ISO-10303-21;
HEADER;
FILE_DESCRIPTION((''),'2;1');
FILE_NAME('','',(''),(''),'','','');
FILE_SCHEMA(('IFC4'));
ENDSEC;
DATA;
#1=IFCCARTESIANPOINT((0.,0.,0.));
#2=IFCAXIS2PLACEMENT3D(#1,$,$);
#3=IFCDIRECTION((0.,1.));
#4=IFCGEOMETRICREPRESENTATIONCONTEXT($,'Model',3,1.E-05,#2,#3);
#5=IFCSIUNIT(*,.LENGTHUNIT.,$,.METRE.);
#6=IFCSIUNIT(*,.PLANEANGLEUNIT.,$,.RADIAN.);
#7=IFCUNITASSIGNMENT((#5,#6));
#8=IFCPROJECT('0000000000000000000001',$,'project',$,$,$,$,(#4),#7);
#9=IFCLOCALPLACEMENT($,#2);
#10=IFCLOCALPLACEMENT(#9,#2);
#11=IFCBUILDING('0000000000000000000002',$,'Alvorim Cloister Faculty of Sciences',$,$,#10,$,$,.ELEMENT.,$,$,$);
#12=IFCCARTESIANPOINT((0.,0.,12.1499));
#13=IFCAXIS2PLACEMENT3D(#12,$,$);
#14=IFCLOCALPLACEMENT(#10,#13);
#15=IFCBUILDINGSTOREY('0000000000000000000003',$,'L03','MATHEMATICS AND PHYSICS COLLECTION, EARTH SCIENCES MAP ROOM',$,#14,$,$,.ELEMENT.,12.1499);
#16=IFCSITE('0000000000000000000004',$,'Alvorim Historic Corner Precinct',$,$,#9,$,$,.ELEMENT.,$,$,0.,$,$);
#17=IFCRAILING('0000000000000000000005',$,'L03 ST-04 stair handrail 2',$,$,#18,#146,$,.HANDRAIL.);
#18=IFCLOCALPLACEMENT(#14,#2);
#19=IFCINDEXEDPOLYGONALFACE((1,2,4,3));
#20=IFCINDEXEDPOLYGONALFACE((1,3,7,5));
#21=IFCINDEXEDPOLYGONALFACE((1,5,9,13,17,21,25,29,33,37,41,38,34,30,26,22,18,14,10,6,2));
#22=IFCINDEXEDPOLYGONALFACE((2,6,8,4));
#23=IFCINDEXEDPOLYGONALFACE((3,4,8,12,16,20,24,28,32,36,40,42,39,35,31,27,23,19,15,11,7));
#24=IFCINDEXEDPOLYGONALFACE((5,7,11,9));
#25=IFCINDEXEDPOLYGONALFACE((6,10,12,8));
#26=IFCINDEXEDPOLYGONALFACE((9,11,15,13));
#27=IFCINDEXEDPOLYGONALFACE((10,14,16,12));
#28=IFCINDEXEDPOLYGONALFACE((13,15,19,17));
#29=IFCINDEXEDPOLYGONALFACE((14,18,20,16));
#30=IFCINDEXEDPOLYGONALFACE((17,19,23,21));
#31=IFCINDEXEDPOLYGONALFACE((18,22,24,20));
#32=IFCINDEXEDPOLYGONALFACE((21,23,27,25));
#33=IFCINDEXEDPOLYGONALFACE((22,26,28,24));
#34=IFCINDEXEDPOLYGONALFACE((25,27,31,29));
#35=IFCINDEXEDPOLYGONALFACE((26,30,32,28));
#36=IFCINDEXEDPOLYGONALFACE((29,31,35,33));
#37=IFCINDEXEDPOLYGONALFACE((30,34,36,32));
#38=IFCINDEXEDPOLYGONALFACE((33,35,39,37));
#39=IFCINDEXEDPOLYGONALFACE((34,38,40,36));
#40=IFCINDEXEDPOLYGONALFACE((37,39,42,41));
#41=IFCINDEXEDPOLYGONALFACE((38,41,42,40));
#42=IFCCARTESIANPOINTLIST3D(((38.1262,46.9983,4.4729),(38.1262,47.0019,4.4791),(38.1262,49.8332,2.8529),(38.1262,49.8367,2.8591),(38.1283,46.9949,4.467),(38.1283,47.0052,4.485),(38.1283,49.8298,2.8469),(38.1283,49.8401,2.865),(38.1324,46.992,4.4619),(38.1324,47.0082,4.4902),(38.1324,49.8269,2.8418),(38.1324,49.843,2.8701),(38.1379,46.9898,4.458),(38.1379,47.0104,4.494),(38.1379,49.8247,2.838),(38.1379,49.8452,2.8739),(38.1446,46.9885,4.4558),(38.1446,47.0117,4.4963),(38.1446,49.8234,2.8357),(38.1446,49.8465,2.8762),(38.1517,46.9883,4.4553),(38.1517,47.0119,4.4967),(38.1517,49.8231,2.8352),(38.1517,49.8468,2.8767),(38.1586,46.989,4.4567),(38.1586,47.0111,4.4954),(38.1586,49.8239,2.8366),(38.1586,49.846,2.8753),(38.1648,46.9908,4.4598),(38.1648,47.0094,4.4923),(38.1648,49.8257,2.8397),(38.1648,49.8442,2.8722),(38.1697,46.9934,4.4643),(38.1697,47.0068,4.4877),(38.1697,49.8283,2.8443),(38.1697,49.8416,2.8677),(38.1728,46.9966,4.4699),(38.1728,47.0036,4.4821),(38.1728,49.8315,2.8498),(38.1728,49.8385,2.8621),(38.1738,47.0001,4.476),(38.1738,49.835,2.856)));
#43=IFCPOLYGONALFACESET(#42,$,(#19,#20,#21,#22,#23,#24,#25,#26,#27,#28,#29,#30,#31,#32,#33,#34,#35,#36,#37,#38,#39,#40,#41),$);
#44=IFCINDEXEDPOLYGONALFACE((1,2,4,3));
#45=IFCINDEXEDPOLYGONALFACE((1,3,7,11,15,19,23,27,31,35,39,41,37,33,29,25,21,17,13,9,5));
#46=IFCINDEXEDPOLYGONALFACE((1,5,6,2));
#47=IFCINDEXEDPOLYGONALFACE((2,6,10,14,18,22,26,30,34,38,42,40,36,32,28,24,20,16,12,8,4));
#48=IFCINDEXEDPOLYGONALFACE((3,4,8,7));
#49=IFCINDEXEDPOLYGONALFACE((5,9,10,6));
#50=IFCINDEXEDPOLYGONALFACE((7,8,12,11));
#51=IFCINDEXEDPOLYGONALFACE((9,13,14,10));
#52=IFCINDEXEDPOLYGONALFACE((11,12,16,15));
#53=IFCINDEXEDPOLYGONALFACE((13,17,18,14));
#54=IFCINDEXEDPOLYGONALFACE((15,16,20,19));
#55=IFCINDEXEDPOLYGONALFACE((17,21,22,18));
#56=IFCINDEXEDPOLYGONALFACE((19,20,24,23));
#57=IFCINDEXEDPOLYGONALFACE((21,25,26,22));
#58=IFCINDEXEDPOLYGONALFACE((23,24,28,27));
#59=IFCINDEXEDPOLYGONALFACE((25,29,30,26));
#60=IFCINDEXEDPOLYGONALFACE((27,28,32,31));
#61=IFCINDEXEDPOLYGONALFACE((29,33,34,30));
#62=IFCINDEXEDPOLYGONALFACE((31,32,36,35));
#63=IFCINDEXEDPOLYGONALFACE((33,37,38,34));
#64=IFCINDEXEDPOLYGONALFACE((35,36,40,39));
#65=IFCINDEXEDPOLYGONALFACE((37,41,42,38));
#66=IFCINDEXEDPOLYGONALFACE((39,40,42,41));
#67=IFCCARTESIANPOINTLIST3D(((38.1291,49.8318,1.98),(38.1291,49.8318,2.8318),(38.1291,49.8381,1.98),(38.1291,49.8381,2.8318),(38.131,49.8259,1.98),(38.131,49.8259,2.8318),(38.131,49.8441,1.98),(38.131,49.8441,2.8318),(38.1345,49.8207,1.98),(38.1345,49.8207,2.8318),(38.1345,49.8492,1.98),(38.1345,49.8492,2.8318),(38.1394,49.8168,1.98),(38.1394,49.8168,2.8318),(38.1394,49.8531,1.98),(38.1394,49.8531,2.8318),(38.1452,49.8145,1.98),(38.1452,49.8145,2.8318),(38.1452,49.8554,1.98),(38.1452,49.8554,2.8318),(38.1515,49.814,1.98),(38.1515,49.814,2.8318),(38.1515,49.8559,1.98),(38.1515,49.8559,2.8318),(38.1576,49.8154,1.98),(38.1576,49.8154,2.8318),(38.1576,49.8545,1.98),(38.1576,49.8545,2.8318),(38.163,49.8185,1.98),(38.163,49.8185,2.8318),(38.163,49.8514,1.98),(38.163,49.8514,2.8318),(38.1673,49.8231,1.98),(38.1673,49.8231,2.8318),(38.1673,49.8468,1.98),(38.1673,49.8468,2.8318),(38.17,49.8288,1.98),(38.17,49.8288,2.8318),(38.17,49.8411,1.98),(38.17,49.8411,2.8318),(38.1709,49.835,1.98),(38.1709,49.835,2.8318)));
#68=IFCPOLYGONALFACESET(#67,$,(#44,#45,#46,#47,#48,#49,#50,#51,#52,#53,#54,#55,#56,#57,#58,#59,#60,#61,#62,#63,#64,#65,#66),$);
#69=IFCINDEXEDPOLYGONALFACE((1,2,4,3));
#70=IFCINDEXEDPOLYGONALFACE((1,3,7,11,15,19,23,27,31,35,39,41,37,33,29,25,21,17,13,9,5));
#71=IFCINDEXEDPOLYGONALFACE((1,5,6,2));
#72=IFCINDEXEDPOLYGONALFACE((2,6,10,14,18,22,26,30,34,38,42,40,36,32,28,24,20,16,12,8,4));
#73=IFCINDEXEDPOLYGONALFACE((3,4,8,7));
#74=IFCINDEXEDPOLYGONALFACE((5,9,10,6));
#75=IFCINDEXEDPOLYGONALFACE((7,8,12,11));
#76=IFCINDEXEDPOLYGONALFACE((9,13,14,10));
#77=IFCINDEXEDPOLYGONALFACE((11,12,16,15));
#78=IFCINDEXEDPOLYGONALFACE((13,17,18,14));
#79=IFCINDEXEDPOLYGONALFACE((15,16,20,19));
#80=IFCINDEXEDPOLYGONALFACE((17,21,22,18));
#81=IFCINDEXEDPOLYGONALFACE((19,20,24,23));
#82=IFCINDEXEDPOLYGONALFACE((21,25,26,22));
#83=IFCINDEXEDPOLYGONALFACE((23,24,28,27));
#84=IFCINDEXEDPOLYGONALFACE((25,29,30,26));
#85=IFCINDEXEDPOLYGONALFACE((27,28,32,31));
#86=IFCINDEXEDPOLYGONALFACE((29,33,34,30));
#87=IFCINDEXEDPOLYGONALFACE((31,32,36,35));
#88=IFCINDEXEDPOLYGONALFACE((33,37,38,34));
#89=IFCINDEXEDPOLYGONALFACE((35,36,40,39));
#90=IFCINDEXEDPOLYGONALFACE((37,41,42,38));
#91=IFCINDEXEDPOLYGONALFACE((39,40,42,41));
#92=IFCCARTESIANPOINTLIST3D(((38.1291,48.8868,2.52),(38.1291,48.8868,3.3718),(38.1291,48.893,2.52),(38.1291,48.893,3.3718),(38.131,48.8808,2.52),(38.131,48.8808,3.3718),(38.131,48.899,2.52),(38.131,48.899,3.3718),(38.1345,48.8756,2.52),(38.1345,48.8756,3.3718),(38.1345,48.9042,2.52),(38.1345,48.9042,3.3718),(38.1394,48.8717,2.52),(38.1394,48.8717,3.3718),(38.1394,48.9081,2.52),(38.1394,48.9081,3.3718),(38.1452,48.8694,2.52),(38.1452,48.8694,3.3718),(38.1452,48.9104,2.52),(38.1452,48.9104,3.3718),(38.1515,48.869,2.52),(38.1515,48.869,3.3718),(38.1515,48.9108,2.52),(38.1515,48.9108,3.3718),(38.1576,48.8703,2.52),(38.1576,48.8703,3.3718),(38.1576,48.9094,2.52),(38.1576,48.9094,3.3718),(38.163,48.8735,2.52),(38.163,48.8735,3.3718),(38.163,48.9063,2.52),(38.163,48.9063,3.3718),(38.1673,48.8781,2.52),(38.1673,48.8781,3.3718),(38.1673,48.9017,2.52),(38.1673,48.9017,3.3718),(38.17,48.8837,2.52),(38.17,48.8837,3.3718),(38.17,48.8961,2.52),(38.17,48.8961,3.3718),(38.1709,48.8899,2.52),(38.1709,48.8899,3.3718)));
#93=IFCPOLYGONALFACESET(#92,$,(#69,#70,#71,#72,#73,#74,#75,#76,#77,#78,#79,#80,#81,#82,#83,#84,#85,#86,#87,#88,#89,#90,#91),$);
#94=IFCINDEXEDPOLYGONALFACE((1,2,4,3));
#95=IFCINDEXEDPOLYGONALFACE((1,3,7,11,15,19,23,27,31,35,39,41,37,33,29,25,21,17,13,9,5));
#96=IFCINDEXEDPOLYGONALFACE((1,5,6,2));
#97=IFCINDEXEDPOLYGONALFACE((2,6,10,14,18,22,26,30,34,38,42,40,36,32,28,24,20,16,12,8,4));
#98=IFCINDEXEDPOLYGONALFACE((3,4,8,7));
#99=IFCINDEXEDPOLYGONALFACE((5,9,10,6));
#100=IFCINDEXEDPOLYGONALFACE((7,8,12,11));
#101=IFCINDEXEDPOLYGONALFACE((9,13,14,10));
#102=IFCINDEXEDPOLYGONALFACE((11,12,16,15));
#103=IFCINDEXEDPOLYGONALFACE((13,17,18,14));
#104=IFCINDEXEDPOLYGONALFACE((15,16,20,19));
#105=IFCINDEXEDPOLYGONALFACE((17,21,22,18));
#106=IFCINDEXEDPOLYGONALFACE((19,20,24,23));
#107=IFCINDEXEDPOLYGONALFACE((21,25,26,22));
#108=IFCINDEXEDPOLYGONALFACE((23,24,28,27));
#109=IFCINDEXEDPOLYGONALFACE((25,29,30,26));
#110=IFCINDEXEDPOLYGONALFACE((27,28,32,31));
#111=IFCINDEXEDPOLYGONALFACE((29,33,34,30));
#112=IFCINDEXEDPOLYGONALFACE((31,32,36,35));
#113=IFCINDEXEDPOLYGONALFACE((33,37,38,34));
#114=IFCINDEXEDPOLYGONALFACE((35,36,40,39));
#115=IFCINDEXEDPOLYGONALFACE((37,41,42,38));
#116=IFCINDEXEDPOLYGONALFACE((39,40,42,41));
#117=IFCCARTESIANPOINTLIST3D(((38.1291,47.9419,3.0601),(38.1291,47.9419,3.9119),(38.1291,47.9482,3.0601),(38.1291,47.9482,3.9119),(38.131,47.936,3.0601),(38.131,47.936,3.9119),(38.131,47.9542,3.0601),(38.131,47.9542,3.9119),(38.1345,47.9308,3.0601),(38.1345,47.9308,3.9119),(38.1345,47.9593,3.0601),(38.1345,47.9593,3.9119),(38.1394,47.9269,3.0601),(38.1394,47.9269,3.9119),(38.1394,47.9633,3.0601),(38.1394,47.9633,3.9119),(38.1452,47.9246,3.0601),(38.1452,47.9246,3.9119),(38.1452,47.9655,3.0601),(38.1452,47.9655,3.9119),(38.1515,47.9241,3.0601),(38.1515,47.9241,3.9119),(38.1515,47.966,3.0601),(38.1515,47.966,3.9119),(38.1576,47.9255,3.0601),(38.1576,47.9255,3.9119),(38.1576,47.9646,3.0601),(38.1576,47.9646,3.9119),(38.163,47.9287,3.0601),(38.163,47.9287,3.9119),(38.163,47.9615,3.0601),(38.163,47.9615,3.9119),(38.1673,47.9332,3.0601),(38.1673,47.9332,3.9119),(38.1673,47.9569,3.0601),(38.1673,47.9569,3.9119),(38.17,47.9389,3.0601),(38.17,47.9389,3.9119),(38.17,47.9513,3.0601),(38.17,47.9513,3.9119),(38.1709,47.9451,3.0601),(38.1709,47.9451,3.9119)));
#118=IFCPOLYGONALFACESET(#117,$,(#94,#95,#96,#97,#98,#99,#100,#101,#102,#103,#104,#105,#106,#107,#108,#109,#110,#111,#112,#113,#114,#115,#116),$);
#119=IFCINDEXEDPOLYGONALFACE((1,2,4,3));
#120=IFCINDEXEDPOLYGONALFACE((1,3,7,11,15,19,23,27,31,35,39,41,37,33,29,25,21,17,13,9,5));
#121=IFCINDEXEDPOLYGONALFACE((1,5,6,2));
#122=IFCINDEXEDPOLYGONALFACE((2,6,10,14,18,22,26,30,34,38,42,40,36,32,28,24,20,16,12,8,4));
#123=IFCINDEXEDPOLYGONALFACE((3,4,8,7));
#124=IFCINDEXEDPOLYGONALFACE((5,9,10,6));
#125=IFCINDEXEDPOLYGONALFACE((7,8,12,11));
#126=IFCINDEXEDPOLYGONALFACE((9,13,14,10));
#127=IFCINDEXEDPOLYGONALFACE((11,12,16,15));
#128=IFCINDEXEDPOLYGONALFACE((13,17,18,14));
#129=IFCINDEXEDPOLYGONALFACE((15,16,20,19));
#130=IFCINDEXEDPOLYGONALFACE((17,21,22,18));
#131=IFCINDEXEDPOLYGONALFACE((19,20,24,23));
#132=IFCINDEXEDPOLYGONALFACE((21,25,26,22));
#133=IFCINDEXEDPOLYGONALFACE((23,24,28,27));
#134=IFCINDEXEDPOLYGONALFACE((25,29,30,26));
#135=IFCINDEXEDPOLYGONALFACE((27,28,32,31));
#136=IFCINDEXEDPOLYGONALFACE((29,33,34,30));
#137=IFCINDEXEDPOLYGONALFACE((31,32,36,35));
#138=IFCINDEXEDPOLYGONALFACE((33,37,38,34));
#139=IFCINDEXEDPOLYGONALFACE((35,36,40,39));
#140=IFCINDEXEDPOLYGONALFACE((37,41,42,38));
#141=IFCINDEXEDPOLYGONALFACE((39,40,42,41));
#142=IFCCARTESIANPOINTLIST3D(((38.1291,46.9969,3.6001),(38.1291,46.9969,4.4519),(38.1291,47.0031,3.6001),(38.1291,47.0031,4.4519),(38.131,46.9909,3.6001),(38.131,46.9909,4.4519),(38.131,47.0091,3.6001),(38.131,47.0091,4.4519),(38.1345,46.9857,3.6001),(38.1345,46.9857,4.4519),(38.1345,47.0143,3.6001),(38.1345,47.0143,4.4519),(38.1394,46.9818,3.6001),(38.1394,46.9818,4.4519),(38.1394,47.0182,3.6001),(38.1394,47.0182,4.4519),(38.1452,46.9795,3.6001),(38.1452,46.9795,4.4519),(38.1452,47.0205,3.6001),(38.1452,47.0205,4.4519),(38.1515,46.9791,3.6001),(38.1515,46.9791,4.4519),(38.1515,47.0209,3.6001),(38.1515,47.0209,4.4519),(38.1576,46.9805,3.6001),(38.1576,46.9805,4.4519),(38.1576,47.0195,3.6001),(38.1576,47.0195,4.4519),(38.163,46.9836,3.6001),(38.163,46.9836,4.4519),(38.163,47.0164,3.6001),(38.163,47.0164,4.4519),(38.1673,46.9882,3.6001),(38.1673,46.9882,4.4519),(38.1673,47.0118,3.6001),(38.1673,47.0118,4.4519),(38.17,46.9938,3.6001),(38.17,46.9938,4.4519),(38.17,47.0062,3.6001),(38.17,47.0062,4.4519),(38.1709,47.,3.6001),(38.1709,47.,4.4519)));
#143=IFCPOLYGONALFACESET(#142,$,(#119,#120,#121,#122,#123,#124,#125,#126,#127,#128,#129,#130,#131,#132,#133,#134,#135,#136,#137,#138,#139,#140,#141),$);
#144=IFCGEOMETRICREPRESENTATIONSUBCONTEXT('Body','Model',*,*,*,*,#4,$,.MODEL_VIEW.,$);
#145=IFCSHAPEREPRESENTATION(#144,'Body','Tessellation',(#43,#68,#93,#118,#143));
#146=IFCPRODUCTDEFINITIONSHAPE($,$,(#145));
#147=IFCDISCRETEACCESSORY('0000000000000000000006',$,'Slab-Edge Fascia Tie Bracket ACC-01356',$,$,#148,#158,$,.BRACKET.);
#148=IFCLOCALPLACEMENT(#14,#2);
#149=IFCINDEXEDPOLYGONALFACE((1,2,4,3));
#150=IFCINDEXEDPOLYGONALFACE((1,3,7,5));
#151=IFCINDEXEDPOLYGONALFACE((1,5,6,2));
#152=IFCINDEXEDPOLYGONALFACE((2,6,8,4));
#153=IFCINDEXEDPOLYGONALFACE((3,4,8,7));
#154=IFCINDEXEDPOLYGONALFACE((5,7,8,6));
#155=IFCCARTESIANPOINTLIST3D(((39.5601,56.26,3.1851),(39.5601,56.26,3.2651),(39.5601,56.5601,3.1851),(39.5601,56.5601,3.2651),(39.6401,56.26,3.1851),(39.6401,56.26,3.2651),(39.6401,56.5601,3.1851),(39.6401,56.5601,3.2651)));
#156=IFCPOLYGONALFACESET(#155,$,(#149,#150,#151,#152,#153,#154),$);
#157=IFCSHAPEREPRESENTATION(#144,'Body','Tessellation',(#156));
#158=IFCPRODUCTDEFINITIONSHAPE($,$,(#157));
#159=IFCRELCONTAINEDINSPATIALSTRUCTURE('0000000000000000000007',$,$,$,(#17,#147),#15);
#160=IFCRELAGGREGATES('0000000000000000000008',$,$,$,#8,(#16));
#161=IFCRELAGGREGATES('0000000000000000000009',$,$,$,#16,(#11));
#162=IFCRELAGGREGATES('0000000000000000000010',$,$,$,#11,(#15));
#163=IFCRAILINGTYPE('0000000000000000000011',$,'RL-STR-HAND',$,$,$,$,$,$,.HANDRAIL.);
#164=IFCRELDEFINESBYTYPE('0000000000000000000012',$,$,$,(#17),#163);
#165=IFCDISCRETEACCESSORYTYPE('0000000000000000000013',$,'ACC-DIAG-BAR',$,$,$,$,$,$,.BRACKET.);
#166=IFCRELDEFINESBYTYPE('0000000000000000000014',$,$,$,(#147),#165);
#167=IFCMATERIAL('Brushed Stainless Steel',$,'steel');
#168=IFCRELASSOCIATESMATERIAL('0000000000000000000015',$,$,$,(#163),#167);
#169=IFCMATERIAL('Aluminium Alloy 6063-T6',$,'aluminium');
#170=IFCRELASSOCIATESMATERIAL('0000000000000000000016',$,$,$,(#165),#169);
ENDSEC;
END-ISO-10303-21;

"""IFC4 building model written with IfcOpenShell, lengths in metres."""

from ifc_helpers import new_model, si_unit, direction, frame, origin, origin_2d, place, context, subcontext, project, spatial, rectangle, circle, extrude, material, type_object, element, save


model = new_model("IFC4")

# Units and contexts
model_context = context("Model", 3, precision=1e-05, world=origin(), true_north=direction((0.0, 1.0)))
body_context = subcontext(model_context, "Body", "Model", "MODEL_VIEW")
ifc_project = project(units=[si_unit("LENGTHUNIT", "METRE"), si_unit("PLANEANGLEUNIT", "RADIAN")], contexts=[model_context])

# Site, building, storey
site_placement = place(None, origin())
site = spatial("IfcSite", under=ifc_project, at=site_placement, Name="Alvorim Historic Corner Precinct", CompositionType="ELEMENT", RefElevation=0.0)
building_placement = place(site_placement, origin())
building = spatial("IfcBuilding", under=site, at=building_placement, Name="Alvorim Cloister Faculty of Sciences", CompositionType="ELEMENT")
storey_placement = place(building_placement, frame((0.0, 0.0, 12.1499)))
storey = spatial("IfcBuildingStorey", under=building, at=storey_placement, Name="L03", Description="MATHEMATICS AND PHYSICS COLLECTION, EARTH SCIENCES MAP ROOM", CompositionType="ELEMENT", Elevation=12.1499)

# Shared definitions
ifc_material_1 = material(Name="Aluminium Alloy 6063-T6", Category="aluminium")

# Shared definitions
ifc_material_2 = material(Name="Brushed Stainless Steel", Category="steel")

# Railing
railing_type_1 = type_object("IfcRailingType", Name="RL-STR-HAND", PredefinedType="HANDRAIL", material=ifc_material_2)
railing_1_placement = place(storey_placement, frame((38.1499, 49.835, 1.98)))
element("IfcRailing", 1, at=railing_1_placement, inside=storey, type_object=railing_type_1, Name="L03 ST-04 stair handrail 2", PredefinedType="HANDRAIL", context=body_context, shape_type="SweptSolid", body=[
    extrude(circle(Radius=0.0239, at=origin_2d()), frame((0.0, 0.0, 0.876), z_axis=(0.0, -0.868225, 0.496171), x_axis=(1.0, 0.0, 0.0)), (0.0, 0.0, 1.0), 3.2651),
    extrude(circle(Radius=0.021, at=origin_2d()), origin(), (0.0, 0.0, 1.0), 0.8518),
    extrude(circle(Radius=0.021, at=origin_2d()), frame((0.0, -0.9451, 0.54)), (0.0, 0.0, 1.0), 0.8518),
    extrude(circle(Radius=0.021, at=origin_2d()), frame((0.0, -1.8899, 1.0801)), (0.0, 0.0, 1.0), 0.8518),
    extrude(circle(Radius=0.021, at=origin_2d()), frame((0.0, -2.835, 1.6201)), (0.0, 0.0, 1.0), 0.8518),
])

# Discrete accessory
discrete_accessory_type = type_object("IfcDiscreteAccessoryType", Name="ACC-DIAG-BAR", PredefinedType="BRACKET", material=ifc_material_1)
discrete_accessory_placement = place(storey_placement, frame((39.6001, 56.26, 3.2251), z_axis=(0.0, 1.0, 0.0), x_axis=(-1.0, 0.0, 0.0)))
element("IfcDiscreteAccessory", 2, at=discrete_accessory_placement, inside=storey, type_object=discrete_accessory_type, Name="Slab-Edge Fascia Tie Bracket ACC-01356", PredefinedType="BRACKET", context=body_context, shape_type="SweptSolid", body=[
    extrude(rectangle(XDim=0.0801, YDim=0.0801, at=origin_2d()), origin(), (0.0, 0.0, 1.0), 0.3),
])

save(model, "model.ifc")
